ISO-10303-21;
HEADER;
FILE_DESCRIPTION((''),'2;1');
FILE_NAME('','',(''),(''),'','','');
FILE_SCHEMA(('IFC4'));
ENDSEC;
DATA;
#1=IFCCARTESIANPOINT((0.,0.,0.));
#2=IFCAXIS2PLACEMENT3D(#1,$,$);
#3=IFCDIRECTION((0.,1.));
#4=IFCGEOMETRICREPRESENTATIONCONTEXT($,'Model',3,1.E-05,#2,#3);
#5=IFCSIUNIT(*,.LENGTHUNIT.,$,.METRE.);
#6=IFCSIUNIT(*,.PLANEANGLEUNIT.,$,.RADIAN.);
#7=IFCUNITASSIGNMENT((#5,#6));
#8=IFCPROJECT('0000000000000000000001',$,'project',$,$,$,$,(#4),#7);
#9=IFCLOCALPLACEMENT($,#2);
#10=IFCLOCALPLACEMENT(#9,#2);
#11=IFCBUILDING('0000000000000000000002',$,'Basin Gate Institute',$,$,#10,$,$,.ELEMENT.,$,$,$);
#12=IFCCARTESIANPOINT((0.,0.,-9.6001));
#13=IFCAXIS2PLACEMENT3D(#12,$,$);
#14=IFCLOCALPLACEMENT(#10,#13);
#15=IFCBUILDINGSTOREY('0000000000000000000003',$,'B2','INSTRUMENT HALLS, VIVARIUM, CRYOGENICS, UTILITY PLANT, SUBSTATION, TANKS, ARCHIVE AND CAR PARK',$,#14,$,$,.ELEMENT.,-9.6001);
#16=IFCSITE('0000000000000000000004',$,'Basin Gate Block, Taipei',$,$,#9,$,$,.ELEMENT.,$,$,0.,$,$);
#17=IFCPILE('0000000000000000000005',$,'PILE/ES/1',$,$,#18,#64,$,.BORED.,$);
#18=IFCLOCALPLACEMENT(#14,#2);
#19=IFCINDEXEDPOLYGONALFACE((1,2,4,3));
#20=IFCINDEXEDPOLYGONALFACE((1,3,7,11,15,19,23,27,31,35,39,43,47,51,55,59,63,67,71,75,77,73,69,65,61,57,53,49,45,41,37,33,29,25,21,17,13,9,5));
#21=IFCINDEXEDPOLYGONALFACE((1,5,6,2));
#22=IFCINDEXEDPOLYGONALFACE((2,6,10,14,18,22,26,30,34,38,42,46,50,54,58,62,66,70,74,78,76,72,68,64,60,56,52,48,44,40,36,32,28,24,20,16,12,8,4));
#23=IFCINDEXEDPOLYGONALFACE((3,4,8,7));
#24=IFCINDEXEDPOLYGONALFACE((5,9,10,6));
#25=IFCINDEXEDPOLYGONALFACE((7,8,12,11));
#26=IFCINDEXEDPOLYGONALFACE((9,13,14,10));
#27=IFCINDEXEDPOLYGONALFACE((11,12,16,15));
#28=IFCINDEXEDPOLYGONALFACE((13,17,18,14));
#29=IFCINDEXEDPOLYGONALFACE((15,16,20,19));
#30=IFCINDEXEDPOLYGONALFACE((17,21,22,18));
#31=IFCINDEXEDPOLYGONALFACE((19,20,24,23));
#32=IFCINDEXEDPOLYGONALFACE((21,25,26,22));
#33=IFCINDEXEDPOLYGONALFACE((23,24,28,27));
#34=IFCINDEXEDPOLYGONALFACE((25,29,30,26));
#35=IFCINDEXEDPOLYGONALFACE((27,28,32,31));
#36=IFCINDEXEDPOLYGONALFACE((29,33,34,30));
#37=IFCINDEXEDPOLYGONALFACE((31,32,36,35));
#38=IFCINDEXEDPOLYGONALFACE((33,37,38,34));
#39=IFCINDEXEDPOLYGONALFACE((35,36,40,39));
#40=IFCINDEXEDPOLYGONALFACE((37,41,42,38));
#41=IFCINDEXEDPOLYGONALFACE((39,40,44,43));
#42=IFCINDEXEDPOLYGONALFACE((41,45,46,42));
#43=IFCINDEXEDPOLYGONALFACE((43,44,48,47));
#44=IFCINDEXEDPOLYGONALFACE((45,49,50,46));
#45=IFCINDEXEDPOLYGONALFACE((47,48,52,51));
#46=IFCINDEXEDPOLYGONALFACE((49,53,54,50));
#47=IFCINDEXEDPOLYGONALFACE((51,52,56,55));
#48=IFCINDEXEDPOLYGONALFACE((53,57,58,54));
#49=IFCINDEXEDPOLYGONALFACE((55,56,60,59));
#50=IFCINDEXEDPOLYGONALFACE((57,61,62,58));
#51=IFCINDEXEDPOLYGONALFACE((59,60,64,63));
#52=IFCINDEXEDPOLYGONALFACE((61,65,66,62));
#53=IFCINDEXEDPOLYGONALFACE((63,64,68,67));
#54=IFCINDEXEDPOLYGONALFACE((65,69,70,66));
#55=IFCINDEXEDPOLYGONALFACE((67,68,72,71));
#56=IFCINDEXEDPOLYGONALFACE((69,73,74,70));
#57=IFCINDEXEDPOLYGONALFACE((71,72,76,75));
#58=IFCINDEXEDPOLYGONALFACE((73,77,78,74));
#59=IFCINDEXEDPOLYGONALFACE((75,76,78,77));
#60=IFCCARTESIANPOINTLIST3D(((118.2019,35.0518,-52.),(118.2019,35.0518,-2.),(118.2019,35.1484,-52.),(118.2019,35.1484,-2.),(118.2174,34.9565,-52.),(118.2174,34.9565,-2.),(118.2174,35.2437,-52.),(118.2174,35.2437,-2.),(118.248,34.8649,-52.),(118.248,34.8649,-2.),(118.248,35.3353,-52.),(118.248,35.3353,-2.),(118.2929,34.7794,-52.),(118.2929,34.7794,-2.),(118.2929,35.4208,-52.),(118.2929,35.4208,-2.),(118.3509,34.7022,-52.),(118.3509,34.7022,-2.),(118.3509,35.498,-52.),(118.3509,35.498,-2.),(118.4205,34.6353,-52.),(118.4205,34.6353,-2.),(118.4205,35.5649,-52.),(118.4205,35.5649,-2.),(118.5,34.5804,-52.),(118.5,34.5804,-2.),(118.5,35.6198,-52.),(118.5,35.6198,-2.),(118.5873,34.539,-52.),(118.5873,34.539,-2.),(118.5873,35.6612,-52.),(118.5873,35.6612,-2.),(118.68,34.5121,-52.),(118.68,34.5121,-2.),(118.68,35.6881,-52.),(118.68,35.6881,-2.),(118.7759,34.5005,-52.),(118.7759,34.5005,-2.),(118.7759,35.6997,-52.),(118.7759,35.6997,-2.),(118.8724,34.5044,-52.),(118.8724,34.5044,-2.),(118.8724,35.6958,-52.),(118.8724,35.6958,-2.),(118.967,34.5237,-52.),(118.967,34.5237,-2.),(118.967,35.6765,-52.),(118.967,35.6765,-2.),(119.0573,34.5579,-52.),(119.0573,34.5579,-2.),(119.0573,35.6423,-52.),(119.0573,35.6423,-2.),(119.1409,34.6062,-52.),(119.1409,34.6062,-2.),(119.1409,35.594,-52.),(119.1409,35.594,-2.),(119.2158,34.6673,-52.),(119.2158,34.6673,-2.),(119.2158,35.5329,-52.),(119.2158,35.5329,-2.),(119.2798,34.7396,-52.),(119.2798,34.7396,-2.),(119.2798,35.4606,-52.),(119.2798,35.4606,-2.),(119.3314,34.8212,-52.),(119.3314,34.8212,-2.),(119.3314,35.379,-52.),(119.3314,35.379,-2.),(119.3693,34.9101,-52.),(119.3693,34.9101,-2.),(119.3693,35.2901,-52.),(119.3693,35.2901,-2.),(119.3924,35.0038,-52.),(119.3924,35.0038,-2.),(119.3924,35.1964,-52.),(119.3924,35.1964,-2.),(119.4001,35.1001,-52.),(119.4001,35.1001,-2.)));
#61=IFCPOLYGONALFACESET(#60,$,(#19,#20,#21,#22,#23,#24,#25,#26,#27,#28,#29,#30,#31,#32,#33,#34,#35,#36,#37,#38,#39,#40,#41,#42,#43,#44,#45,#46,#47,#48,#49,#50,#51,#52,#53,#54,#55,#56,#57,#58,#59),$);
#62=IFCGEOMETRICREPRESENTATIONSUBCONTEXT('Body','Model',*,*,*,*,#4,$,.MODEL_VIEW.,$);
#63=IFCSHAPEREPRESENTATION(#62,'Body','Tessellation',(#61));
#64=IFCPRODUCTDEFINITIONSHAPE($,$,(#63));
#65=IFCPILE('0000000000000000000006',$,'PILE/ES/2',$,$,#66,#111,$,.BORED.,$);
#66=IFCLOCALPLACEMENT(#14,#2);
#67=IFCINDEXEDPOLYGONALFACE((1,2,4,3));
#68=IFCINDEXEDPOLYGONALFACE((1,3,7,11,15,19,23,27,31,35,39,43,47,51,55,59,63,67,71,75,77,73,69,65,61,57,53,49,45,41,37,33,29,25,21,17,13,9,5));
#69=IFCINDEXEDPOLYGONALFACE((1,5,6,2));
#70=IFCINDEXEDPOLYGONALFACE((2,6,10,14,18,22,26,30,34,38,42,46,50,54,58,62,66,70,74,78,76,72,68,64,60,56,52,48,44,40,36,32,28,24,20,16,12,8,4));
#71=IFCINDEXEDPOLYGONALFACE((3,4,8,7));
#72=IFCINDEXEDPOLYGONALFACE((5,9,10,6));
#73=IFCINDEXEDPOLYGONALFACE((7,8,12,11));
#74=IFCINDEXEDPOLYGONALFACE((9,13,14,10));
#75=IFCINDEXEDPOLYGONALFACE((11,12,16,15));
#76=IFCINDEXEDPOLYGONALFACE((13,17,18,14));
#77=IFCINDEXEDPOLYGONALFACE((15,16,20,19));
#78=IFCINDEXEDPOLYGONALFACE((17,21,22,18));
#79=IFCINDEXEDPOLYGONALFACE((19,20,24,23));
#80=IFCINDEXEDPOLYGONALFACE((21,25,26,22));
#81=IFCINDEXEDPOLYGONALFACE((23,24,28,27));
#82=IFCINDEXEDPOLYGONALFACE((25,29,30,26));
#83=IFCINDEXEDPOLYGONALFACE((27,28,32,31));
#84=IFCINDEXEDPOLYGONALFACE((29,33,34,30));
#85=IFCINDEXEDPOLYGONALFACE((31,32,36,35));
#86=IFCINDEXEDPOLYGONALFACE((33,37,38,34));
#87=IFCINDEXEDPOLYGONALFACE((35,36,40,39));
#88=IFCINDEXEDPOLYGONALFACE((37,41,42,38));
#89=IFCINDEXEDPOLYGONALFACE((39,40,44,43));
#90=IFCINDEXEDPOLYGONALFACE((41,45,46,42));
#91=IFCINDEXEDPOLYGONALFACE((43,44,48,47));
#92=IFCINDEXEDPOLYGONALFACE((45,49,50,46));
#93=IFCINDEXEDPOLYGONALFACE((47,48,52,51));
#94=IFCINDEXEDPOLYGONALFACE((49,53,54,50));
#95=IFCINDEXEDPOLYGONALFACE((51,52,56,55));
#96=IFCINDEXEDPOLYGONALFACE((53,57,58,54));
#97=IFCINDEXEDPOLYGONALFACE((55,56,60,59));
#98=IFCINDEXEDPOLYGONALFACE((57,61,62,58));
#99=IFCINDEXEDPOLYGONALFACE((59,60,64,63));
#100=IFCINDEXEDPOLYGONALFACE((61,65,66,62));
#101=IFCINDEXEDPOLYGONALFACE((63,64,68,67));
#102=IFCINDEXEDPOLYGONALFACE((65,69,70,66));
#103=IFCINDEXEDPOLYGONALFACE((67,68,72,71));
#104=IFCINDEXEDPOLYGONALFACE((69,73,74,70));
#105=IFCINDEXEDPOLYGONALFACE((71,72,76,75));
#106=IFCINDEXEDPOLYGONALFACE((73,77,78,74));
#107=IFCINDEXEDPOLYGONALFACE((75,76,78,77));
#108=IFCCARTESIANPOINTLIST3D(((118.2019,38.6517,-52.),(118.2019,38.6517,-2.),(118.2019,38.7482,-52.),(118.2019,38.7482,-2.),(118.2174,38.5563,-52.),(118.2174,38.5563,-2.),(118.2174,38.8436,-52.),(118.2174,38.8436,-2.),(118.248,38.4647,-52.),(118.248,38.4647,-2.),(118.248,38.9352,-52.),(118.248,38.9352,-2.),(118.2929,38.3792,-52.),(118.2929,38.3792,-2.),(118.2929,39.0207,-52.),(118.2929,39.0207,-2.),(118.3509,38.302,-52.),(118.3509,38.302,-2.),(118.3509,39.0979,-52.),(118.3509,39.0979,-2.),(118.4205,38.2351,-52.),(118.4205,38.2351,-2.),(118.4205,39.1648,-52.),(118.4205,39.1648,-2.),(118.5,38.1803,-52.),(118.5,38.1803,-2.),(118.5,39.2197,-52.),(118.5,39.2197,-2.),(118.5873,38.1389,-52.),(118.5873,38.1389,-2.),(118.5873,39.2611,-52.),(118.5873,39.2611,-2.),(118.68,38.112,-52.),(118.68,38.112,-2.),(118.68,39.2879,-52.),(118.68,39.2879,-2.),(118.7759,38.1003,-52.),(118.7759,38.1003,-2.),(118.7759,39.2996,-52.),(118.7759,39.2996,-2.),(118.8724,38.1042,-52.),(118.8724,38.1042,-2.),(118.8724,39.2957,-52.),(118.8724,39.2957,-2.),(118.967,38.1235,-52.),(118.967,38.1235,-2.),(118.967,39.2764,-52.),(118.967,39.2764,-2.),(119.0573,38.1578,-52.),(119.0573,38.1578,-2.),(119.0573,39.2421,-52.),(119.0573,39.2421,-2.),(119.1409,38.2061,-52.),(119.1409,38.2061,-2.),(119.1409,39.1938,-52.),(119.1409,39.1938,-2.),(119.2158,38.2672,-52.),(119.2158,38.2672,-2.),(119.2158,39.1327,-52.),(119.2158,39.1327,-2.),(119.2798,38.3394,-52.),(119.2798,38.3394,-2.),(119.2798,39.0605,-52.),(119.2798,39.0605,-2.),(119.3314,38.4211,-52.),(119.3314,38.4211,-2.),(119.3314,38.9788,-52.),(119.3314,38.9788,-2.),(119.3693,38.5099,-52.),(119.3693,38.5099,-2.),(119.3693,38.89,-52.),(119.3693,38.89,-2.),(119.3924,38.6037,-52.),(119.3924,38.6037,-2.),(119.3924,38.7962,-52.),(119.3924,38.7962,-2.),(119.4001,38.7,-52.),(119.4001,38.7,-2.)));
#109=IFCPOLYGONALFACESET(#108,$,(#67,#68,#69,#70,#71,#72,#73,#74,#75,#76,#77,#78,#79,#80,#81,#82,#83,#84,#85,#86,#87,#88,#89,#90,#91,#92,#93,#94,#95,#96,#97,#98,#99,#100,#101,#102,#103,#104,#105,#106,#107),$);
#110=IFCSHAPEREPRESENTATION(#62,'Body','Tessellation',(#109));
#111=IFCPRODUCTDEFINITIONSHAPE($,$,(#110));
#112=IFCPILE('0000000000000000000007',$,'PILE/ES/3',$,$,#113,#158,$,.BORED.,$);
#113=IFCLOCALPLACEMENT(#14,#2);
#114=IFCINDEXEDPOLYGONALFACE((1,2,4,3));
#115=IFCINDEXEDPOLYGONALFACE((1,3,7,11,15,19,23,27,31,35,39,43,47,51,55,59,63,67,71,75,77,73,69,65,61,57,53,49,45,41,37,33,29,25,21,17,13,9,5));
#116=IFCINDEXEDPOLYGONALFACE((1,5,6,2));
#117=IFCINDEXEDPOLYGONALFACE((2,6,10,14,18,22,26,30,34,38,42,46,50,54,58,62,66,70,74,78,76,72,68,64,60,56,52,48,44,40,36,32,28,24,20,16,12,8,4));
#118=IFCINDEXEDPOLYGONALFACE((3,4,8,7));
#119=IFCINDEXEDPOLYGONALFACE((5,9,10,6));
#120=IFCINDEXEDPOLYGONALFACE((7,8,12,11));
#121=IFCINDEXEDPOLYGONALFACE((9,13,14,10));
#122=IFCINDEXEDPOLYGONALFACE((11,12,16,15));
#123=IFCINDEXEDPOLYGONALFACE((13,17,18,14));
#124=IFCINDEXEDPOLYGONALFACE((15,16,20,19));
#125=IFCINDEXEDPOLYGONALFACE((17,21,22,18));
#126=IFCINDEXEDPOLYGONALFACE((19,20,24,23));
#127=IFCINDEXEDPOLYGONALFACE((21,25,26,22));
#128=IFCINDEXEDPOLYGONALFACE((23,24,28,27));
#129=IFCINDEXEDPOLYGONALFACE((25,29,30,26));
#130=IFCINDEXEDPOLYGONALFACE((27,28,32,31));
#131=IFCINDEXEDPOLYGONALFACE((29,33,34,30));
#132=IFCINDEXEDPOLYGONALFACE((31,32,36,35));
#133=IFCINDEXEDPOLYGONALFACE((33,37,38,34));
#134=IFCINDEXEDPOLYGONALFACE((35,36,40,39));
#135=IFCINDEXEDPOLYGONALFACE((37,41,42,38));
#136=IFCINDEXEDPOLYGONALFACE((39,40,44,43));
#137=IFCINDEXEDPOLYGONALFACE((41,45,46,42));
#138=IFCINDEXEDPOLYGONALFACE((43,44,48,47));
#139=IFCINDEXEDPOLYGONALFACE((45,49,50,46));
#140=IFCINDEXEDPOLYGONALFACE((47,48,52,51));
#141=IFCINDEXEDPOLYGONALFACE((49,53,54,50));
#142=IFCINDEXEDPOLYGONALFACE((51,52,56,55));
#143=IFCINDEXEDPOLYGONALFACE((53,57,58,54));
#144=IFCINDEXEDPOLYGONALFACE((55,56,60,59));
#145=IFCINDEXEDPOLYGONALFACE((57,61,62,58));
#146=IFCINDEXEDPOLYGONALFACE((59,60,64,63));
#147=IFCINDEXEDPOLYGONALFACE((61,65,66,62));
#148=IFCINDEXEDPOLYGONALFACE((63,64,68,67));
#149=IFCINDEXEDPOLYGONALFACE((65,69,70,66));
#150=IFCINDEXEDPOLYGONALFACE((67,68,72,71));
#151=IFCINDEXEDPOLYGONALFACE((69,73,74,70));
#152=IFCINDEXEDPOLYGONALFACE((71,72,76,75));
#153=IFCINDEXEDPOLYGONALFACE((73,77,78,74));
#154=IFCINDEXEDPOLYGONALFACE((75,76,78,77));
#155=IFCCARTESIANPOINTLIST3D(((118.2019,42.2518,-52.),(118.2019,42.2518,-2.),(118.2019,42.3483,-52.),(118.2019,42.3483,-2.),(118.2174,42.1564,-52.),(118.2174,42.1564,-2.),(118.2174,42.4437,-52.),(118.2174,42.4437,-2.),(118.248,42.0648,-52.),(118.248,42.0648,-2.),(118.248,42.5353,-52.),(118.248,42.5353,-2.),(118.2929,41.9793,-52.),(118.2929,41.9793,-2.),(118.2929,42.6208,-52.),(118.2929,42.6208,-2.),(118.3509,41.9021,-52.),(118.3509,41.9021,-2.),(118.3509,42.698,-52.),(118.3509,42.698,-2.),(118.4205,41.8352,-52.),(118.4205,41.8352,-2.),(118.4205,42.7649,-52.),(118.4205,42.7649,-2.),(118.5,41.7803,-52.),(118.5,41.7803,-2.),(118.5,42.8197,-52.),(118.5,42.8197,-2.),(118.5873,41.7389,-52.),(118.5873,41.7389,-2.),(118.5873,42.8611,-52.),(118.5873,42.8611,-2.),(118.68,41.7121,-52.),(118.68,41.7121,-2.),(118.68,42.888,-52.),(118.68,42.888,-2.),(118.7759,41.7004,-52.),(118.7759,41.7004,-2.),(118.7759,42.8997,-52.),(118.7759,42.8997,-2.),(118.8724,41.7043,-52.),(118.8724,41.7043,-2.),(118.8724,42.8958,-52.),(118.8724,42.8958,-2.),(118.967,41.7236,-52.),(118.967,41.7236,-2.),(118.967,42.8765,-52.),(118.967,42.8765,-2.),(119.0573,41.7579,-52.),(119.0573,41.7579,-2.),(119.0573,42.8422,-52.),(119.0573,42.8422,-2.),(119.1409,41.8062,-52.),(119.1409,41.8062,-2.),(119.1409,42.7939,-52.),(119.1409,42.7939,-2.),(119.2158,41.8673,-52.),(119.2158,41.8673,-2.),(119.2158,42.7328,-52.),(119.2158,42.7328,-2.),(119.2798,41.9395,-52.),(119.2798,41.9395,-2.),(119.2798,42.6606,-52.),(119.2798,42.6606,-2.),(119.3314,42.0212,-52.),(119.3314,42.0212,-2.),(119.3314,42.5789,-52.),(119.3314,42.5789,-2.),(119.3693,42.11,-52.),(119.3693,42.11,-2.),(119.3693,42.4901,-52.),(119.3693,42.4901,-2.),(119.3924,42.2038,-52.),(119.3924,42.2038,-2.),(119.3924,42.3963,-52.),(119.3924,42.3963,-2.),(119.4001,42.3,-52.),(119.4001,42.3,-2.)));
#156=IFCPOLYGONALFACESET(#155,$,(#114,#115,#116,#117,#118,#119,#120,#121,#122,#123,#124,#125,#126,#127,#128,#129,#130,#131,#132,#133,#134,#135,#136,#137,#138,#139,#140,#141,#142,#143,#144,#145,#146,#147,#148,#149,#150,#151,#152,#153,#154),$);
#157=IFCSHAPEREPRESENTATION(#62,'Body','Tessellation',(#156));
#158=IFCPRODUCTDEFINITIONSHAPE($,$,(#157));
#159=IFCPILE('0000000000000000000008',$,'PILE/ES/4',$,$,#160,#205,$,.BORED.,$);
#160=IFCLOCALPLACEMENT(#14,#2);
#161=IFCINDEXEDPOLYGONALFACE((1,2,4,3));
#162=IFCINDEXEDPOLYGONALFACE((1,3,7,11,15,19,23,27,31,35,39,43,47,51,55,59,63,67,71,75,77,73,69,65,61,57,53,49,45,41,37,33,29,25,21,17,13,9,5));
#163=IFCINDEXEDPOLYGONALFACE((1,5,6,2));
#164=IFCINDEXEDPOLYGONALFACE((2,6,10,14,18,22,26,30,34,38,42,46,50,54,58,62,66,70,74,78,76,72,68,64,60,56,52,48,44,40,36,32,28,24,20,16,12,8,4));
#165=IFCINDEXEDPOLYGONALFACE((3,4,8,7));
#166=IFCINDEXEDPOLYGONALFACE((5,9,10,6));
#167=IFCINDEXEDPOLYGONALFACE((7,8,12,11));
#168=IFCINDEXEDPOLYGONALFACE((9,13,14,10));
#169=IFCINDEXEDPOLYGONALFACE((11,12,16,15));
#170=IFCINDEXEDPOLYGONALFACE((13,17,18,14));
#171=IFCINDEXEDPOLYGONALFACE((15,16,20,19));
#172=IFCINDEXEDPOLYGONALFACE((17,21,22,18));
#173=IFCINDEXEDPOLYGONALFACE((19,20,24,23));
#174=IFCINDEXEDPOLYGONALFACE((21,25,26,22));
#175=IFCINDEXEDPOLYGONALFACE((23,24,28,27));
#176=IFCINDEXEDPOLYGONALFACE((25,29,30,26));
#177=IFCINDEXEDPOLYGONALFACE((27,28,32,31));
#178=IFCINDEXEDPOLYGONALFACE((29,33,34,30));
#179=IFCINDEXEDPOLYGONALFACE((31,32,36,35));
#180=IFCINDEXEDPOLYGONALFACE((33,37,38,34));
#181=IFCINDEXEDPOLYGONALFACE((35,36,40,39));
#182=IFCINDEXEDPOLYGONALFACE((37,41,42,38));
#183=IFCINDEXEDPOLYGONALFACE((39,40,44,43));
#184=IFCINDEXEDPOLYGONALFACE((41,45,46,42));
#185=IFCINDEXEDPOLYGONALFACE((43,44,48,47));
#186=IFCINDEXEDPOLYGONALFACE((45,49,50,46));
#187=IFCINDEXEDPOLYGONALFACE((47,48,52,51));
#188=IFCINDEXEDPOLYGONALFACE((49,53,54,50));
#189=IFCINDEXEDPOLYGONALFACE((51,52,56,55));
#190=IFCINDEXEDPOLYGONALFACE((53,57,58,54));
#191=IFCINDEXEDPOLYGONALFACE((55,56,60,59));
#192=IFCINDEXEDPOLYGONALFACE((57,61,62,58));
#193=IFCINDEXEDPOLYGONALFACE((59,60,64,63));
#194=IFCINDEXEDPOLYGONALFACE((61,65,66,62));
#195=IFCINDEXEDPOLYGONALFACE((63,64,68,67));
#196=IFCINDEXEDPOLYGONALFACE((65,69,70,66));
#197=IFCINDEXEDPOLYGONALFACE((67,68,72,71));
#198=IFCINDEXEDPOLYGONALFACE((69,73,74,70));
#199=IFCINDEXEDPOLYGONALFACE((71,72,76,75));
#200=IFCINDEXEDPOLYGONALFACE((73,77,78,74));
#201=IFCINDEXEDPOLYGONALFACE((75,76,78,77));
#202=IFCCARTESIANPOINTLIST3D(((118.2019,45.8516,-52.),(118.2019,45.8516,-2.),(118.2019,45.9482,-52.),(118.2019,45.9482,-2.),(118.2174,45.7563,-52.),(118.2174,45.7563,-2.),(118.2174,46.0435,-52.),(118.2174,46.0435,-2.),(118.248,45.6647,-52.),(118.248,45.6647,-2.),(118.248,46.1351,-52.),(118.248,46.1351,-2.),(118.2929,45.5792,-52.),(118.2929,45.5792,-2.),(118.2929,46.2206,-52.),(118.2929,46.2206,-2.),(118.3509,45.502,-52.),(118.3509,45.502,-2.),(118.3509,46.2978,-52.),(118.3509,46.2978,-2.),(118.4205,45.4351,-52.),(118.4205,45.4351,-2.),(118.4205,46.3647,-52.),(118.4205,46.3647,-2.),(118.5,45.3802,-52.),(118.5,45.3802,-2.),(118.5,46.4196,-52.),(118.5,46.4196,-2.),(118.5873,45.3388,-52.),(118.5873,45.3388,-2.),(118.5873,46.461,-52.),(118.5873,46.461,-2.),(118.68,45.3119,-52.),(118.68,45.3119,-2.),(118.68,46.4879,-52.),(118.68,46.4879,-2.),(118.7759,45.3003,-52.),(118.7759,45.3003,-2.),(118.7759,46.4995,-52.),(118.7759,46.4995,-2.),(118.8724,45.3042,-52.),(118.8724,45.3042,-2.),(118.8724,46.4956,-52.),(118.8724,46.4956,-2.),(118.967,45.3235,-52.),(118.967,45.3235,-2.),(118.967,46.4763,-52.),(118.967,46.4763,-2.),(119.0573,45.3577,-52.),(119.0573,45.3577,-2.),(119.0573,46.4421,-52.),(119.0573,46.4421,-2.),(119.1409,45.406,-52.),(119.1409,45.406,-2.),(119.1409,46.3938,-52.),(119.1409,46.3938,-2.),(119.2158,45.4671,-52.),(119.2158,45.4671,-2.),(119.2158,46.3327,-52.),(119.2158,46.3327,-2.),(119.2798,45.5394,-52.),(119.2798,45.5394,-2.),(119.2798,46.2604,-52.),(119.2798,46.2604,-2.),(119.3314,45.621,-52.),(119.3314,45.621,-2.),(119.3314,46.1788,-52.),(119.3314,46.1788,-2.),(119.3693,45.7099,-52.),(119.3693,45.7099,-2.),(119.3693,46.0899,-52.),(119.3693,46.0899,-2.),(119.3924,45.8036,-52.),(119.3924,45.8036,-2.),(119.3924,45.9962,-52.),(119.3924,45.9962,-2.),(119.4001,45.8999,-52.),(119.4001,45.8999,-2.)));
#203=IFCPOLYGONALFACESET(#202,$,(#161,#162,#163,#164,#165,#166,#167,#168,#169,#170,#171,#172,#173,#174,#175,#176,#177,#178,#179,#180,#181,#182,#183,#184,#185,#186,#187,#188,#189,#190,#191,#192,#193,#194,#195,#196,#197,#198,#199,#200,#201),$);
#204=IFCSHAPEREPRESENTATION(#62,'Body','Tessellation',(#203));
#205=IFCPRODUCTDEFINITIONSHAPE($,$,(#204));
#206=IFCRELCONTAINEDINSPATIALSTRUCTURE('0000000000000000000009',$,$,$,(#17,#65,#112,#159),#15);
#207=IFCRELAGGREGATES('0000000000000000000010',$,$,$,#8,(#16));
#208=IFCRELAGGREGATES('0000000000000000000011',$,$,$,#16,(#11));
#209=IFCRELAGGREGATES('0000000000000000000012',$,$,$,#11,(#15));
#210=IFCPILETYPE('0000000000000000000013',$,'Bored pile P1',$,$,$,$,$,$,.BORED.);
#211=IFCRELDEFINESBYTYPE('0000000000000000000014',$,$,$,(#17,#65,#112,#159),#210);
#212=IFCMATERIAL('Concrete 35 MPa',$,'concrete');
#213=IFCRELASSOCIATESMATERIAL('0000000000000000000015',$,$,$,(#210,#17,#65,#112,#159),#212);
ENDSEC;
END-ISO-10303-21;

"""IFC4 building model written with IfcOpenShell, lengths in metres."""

from ifc_helpers import new_model, si_unit, direction, frame, origin, origin_2d, place, context, subcontext, project, spatial, circle, extrude, material, material_profile, profile_set, type_object, element, save


model = new_model("IFC4")

# Units and contexts
model_context = context("Model", 3, precision=1e-05, world=origin(), true_north=direction((0.0, 1.0)))
body_context = subcontext(model_context, "Body", "Model", "MODEL_VIEW")
ifc_project = project(units=[si_unit("LENGTHUNIT", "METRE"), si_unit("PLANEANGLEUNIT", "RADIAN")], contexts=[model_context])

# Site, building, storey
site_placement = place(None, origin())
site = spatial("IfcSite", under=ifc_project, at=site_placement, Name="Basin Gate Block, Taipei", CompositionType="ELEMENT", RefElevation=0.0)
building_placement = place(site_placement, origin())
building = spatial("IfcBuilding", under=site, at=building_placement, Name="Basin Gate Institute", CompositionType="ELEMENT")
storey_placement = place(building_placement, frame((0.0, 0.0, -9.6001)))
storey = spatial("IfcBuildingStorey", under=building, at=storey_placement, Name="B2", Description="INSTRUMENT HALLS, VIVARIUM, CRYOGENICS, UTILITY PLANT, SUBSTATION, TANKS, ARCHIVE AND CAR PARK", CompositionType="ELEMENT", Elevation=-9.6001)

# Piles
ifc_material_1 = material(Name="Concrete 35 MPa", Category="concrete")
ifc_material_profile_1 = material_profile(ifc_material_1, circle(Radius=0.6001, at=origin_2d()), Name="Bored pile P1 1200 dia")
ifc_profile_set_1 = profile_set([ifc_material_profile_1], Name="Concrete 35 MPa")
pile_type = type_object("IfcPileType", Name="Bored pile P1", PredefinedType="BORED", material=ifc_profile_set_1)
for number, where, z_axis, x_axis, name in (
    (1, (118.8, 35.1001, -2.0), (0.0, 0.0, -1.0), (1.0, 0.0, 0.0), "PILE/ES/1"),
    (2, (118.8, 38.7, -2.0), (0.0, 0.0, -1.0), (1.0, 0.0, 0.0), "PILE/ES/2"),
    (3, (118.8, 42.3, -2.0), (0.0, 0.0, -1.0), (1.0, 0.0, 0.0), "PILE/ES/3"),
    (4, (118.8, 45.8999, -2.0), (0.0, 0.0, -1.0), (1.0, 0.0, 0.0), "PILE/ES/4"),
):
    element("IfcPile", number, at=place(storey_placement, frame(where, z_axis=z_axis, x_axis=x_axis)), inside=storey, type_object=pile_type, material=ifc_profile_set_1, Name=name, PredefinedType="BORED", context=body_context, shape_type="SweptSolid", body=[
        extrude(circle(Radius=0.6001, at=origin_2d()), origin(), (0.0, 0.0, 1.0), 50.0),
    ])

save(model, "model.ifc")
